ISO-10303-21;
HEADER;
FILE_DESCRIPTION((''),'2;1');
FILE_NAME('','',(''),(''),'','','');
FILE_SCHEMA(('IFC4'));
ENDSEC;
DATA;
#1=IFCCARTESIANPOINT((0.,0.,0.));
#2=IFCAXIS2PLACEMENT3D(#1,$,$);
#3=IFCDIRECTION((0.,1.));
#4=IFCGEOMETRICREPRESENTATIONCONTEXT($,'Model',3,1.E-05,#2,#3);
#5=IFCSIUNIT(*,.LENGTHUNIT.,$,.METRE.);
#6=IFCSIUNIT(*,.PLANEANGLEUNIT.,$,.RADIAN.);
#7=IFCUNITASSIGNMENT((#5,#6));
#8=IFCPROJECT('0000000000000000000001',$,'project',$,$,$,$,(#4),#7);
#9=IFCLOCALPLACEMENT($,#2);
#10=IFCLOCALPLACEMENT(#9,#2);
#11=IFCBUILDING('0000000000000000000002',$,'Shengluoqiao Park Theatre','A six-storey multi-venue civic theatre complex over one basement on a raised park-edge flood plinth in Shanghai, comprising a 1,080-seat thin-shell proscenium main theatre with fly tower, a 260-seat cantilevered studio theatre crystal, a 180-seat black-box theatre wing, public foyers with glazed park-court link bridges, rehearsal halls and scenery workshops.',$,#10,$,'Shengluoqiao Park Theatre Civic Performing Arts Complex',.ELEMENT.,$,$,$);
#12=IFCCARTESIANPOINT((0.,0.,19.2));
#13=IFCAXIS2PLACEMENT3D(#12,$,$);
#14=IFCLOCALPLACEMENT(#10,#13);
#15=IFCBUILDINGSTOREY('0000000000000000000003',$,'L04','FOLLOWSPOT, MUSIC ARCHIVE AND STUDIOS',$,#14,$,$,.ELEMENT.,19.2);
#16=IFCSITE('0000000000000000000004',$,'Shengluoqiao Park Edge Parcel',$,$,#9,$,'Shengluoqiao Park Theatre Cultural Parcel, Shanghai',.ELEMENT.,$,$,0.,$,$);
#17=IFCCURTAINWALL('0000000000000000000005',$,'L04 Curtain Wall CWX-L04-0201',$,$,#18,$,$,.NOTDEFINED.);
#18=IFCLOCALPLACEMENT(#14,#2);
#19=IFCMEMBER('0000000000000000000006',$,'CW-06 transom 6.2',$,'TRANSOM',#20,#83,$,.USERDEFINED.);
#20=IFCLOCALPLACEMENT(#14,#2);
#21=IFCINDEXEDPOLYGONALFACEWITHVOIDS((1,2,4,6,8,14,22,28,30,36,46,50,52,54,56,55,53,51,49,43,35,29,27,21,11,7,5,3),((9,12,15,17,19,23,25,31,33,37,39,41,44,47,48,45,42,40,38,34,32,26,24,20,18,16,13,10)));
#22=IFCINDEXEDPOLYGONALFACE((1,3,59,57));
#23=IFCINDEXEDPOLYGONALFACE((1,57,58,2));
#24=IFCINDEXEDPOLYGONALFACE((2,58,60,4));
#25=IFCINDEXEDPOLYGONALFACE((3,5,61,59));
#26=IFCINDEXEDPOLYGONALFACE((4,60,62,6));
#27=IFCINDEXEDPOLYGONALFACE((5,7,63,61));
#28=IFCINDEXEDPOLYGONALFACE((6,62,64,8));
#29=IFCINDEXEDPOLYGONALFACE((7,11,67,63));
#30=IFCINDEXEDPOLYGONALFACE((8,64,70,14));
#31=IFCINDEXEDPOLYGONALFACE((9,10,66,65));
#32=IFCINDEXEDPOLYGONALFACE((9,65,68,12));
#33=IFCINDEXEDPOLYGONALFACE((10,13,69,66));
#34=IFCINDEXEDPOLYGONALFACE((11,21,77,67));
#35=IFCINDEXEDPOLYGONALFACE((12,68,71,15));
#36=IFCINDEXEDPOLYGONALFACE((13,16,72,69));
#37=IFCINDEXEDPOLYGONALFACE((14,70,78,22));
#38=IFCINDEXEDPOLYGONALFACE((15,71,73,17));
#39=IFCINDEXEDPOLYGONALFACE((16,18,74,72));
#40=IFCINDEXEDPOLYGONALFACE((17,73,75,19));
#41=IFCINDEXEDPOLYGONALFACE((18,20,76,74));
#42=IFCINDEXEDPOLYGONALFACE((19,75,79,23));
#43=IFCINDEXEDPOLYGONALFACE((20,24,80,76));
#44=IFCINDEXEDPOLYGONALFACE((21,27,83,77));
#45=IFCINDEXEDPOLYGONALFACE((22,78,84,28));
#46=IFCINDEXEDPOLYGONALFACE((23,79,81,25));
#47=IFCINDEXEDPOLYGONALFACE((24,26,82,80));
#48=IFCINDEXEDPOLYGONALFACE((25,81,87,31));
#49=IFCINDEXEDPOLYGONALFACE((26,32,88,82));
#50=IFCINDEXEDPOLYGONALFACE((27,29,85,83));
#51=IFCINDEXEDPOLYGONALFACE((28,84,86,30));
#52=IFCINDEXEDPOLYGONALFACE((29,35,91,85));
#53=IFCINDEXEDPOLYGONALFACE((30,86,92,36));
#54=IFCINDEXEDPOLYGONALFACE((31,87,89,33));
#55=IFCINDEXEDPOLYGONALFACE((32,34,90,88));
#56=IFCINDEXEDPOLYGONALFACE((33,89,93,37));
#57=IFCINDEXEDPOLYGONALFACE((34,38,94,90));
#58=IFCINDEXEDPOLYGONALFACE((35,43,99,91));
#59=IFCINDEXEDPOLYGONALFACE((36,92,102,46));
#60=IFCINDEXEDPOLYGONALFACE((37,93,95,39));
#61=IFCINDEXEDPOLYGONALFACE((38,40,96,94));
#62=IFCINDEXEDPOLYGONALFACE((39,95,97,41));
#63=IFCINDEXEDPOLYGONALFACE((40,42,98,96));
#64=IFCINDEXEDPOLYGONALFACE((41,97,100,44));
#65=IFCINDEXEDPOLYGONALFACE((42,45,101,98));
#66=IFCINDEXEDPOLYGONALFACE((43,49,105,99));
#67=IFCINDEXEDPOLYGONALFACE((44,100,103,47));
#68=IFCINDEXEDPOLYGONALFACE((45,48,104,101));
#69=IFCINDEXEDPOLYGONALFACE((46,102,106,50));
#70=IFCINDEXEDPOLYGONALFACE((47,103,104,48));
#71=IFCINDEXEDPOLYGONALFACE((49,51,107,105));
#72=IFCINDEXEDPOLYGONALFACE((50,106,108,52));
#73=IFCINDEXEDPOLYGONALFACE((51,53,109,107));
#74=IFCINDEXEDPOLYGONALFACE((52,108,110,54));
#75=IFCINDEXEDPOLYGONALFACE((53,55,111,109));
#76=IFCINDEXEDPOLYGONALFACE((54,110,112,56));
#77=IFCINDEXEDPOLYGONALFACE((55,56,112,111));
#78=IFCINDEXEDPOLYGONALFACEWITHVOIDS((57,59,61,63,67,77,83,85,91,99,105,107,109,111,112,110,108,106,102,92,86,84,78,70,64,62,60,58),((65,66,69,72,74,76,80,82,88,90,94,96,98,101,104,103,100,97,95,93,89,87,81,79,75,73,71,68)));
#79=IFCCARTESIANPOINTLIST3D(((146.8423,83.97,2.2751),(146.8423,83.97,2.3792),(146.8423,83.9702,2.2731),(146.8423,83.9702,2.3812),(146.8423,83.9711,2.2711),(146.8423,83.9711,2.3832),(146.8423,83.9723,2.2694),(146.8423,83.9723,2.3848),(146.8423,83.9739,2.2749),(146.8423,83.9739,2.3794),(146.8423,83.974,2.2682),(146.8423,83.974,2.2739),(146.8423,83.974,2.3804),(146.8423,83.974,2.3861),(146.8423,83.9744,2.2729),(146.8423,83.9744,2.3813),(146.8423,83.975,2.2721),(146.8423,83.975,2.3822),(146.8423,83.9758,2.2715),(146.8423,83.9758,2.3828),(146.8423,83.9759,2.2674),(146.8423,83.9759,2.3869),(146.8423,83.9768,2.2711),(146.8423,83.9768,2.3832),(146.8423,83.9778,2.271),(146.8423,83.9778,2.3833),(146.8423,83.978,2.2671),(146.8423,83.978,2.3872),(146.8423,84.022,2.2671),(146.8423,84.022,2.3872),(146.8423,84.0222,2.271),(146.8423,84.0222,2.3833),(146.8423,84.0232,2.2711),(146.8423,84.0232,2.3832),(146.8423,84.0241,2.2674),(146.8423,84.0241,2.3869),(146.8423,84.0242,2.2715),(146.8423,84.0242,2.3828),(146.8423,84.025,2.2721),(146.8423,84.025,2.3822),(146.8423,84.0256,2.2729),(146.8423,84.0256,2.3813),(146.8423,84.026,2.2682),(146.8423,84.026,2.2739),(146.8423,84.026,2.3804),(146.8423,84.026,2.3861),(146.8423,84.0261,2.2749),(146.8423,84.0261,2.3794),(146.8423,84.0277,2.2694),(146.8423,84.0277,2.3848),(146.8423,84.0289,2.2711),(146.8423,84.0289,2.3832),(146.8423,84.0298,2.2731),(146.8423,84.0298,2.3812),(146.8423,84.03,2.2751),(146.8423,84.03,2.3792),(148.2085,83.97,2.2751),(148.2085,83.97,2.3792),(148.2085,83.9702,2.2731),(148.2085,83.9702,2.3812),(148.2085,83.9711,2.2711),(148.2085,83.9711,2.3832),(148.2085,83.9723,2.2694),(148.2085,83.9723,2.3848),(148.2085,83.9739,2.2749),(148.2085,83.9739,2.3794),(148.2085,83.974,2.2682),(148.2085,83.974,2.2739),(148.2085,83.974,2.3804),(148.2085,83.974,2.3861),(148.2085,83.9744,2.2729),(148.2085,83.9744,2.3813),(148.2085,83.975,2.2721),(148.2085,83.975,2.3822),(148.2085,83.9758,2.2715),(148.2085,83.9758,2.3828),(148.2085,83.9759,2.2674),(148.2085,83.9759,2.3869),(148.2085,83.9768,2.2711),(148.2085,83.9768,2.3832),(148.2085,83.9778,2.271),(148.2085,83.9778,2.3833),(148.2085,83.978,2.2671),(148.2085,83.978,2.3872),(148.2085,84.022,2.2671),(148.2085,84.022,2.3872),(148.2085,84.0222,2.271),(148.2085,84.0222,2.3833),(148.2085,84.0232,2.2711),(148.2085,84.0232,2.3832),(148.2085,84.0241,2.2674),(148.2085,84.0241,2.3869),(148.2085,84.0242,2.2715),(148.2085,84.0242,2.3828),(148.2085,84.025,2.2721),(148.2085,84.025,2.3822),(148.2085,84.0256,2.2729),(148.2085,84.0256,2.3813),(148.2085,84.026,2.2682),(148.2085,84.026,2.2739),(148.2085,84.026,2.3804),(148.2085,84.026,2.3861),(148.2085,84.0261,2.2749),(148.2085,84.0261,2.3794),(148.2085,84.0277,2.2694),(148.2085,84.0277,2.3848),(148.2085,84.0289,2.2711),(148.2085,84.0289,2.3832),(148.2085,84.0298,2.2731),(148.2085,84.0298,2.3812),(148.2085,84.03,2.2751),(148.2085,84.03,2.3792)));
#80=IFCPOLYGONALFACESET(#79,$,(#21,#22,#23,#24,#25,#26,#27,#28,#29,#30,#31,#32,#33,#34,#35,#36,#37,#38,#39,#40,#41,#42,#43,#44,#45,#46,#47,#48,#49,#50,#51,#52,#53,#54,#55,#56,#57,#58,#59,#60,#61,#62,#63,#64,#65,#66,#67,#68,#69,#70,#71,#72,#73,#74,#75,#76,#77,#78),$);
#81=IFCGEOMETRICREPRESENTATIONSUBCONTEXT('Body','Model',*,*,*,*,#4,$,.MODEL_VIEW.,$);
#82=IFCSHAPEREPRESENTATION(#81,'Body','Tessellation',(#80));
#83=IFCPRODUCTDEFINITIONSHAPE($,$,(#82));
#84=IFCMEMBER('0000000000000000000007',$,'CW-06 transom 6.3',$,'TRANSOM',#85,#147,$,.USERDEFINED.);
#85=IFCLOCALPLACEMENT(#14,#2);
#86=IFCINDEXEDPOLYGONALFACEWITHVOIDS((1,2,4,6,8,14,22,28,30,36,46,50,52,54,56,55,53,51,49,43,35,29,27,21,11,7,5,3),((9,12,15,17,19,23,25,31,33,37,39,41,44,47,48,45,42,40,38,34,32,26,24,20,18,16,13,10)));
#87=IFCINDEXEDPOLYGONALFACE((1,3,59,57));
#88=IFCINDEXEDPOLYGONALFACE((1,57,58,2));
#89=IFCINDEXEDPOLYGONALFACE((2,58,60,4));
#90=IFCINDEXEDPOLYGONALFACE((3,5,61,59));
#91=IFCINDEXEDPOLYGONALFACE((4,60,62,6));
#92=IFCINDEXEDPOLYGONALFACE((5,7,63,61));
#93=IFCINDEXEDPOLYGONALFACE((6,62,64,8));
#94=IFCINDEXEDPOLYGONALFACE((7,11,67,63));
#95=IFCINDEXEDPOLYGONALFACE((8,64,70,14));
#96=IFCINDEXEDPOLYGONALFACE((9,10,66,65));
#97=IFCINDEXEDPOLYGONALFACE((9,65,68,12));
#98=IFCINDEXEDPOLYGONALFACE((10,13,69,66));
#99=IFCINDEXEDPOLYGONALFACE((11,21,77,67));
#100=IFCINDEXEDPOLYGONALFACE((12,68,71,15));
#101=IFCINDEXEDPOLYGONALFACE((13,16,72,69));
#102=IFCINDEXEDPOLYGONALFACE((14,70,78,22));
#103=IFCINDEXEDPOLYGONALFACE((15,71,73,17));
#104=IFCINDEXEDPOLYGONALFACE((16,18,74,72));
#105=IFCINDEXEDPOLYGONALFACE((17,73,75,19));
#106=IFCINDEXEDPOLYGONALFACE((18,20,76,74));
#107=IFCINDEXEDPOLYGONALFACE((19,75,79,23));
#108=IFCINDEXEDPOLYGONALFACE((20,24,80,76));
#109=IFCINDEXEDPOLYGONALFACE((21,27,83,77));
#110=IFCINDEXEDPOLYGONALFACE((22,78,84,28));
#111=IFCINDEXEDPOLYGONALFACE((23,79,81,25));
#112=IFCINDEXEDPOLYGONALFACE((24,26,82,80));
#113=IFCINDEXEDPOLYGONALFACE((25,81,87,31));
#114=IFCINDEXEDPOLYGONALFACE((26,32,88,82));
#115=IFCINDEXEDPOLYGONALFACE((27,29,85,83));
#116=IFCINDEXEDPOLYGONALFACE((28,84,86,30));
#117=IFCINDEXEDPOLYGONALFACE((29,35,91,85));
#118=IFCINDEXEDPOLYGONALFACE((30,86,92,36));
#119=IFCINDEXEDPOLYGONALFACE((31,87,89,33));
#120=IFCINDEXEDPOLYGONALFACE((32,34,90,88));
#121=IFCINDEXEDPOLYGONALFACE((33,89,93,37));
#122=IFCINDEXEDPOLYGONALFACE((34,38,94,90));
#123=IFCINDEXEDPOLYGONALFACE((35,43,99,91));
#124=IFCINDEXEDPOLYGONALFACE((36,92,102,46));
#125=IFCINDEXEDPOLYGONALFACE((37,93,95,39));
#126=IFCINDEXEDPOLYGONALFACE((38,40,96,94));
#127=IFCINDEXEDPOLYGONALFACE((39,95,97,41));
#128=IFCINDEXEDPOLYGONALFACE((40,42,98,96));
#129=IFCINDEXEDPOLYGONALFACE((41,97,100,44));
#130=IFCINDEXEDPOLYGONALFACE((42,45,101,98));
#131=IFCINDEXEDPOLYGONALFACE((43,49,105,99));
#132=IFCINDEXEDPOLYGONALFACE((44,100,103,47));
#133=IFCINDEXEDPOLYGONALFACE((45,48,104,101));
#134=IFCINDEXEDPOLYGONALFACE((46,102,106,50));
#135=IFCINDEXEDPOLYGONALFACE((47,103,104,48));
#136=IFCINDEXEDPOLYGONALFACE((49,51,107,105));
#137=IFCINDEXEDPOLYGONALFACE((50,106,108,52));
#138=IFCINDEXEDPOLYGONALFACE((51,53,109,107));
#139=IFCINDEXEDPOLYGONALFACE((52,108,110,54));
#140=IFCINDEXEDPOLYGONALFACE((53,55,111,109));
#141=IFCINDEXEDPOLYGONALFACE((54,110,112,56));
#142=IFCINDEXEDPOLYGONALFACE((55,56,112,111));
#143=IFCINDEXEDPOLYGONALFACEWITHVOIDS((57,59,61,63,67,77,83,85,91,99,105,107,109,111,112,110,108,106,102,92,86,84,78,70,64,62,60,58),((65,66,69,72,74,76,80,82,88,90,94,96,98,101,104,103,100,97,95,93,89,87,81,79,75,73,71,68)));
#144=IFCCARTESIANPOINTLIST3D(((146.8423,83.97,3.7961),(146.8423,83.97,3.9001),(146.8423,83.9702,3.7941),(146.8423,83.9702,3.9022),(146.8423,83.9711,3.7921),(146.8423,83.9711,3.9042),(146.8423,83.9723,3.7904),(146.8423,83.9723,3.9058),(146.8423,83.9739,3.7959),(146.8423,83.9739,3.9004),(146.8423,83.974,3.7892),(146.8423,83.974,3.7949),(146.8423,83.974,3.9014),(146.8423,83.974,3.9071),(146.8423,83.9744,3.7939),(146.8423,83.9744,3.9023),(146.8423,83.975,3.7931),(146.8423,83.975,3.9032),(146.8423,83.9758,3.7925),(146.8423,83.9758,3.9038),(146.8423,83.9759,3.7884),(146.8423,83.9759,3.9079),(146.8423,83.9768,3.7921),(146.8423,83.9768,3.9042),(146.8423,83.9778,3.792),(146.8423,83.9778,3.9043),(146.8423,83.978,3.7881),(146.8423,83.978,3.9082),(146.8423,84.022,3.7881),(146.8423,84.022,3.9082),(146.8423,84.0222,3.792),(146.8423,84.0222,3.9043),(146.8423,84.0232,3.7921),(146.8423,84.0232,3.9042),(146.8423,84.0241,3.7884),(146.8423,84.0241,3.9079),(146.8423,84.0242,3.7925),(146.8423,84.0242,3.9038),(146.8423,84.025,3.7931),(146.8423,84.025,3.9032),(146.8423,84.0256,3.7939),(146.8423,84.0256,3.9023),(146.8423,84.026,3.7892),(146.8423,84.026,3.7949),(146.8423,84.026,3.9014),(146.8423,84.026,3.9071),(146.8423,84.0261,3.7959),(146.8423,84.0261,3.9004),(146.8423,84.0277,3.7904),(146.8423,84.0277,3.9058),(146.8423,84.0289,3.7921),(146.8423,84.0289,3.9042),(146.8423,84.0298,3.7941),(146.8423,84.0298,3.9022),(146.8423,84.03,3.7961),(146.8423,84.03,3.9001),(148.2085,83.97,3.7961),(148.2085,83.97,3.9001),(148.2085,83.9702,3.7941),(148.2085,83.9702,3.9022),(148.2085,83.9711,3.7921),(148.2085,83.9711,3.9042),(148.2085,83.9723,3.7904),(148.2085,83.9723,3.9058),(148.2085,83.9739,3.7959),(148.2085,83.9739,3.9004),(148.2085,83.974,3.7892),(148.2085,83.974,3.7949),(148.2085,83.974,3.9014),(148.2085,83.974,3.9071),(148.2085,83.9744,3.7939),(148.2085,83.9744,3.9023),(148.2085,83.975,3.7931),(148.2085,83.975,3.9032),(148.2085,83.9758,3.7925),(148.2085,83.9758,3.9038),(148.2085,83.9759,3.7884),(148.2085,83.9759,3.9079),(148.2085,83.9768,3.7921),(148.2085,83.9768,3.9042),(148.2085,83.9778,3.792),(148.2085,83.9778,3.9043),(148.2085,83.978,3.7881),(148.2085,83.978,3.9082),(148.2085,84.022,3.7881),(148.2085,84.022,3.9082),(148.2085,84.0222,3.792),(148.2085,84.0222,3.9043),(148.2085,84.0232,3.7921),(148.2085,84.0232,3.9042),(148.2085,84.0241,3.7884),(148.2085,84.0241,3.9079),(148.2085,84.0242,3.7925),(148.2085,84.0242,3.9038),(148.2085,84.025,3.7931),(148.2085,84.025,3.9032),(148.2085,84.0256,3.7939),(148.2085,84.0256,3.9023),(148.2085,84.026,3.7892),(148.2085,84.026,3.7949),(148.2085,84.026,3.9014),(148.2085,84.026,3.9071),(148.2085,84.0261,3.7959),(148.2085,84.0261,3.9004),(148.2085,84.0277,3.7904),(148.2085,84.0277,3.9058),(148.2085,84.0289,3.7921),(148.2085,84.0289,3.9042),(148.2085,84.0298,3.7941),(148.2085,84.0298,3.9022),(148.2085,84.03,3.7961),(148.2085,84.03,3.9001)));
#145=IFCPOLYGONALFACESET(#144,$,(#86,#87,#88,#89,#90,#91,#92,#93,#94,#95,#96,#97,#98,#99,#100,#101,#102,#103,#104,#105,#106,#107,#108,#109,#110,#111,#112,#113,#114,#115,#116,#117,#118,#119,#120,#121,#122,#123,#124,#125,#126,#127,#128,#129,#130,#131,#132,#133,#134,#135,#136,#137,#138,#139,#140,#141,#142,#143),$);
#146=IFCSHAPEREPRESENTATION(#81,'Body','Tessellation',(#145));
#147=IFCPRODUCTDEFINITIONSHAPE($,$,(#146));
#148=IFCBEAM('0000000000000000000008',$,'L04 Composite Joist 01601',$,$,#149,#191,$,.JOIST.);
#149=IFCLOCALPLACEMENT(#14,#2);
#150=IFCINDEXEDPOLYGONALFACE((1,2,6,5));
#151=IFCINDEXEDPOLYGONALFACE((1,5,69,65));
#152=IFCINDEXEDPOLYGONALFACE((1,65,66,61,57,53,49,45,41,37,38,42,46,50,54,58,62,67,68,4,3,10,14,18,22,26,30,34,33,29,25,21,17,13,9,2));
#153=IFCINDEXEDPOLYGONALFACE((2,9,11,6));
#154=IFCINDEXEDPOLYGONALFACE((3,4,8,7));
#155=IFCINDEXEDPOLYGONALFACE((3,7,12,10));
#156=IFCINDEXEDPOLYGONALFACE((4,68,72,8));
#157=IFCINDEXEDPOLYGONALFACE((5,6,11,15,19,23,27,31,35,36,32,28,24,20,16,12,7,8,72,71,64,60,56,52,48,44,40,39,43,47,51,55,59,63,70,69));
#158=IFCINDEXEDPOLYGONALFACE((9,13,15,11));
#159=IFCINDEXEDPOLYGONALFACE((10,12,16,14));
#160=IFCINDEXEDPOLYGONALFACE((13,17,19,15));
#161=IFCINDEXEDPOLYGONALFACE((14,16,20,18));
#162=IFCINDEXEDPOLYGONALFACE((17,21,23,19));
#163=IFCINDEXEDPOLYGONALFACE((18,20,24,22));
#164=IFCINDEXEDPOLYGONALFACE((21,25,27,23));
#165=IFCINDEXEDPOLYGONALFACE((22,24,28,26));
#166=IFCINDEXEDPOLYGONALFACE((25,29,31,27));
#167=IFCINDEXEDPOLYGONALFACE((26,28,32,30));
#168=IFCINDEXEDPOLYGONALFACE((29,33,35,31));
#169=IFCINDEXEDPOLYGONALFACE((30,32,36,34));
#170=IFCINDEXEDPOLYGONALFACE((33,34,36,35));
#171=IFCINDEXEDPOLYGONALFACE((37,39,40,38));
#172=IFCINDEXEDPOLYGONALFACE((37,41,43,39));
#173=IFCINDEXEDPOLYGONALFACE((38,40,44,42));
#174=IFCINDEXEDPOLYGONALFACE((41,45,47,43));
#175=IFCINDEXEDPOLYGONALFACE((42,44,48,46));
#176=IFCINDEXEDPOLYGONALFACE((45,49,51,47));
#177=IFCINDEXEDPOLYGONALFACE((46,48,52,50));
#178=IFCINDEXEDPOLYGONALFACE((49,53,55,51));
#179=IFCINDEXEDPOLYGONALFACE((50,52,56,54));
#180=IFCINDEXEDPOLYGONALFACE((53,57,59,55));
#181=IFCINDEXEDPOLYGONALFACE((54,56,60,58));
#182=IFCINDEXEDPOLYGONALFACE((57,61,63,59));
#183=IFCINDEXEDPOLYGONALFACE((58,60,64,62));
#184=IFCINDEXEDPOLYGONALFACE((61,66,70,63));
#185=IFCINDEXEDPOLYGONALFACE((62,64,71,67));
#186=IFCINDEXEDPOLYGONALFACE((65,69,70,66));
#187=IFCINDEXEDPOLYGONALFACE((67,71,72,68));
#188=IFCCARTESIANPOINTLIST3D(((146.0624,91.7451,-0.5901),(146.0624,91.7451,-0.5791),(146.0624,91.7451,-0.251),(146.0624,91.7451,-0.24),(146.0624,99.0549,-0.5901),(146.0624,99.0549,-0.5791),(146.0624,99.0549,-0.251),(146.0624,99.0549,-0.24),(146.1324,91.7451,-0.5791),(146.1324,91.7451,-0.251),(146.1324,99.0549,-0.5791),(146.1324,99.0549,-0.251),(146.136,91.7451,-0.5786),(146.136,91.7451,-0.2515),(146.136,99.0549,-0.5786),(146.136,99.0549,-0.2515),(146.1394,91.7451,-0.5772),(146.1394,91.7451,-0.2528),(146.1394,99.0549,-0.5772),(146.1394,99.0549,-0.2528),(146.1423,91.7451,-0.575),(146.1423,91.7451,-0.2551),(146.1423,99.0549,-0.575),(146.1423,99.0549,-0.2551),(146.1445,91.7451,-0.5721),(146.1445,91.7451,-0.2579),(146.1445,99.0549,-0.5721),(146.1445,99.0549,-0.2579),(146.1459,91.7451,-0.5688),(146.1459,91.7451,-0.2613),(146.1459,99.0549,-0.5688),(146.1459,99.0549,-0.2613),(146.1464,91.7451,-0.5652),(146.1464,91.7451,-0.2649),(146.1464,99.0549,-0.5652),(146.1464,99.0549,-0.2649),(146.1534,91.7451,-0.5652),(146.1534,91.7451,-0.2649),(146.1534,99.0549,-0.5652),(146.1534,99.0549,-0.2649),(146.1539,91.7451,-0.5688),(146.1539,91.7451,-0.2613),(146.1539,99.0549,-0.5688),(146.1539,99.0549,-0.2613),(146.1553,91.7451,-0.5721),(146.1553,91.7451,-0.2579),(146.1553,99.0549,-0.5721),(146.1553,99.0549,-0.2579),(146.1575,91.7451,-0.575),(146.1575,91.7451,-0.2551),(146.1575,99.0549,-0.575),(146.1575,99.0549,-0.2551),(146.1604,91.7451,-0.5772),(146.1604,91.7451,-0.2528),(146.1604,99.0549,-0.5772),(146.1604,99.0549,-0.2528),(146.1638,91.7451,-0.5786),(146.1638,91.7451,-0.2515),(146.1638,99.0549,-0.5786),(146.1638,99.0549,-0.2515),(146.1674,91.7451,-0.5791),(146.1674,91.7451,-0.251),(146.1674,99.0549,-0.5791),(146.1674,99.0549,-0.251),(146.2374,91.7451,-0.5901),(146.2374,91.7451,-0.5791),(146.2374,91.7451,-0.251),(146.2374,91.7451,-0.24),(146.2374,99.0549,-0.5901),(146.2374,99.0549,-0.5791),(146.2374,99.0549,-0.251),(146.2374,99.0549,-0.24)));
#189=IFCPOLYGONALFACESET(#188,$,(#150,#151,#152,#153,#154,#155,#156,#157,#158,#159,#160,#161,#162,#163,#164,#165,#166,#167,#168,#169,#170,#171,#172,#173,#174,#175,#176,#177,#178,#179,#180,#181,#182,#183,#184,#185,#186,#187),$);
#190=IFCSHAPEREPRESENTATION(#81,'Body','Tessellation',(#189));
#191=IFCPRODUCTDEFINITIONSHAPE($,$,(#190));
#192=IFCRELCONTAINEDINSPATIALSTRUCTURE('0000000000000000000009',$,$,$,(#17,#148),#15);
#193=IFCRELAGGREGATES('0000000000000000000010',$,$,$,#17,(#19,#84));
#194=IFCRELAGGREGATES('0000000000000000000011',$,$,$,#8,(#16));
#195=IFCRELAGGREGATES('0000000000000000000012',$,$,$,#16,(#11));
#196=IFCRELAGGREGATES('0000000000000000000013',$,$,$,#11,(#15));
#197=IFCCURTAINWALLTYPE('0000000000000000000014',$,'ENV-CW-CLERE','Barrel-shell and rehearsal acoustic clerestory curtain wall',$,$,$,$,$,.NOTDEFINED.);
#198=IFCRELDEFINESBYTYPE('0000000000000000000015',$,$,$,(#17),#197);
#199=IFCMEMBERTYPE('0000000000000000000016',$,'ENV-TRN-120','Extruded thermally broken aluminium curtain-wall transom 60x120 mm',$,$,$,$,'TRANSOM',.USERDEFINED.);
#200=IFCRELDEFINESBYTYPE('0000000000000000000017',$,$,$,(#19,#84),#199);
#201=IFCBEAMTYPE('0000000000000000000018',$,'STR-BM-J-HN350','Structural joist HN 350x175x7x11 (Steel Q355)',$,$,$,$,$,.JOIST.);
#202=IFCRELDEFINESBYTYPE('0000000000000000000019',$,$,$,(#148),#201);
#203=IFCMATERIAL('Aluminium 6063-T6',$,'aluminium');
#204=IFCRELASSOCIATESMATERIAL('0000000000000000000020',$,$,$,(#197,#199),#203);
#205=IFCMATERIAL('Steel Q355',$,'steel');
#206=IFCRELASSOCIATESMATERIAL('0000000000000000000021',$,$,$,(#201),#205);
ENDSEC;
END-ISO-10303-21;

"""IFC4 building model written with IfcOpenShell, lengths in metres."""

from ifc_helpers import new_model, si_unit, direction, frame, origin, origin_2d, place, context, subcontext, project, spatial, hollow_rectangle, i_section, extrude, material, material_profile, profile_set, type_object, element, aggregate, save


model = new_model("IFC4")

# Units and contexts
model_context = context("Model", 3, precision=1e-05, world=origin(), true_north=direction((0.0, 1.0)))
body_context = subcontext(model_context, "Body", "Model", "MODEL_VIEW")
ifc_project = project(units=[si_unit("LENGTHUNIT", "METRE"), si_unit("PLANEANGLEUNIT", "RADIAN")], contexts=[model_context])

# Site, building, storey
site_placement = place(None, origin())
site = spatial("IfcSite", under=ifc_project, at=site_placement, Name="Shengluoqiao Park Edge Parcel", LongName="Shengluoqiao Park Theatre Cultural Parcel, Shanghai", CompositionType="ELEMENT", RefElevation=0.0)
building_placement = place(site_placement, origin())
building = spatial("IfcBuilding", under=site, at=building_placement, Name="Shengluoqiao Park Theatre", Description="A six-storey multi-venue civic theatre complex over one basement on a raised park-edge flood plinth in Shanghai, comprising a 1,080-seat thin-shell proscenium main theatre with fly tower, a 260-seat cantilevered studio theatre crystal, a 180-seat black-box theatre wing, public foyers with glazed park-court link bridges, rehearsal halls and scenery workshops.", LongName="Shengluoqiao Park Theatre Civic Performing Arts Complex", CompositionType="ELEMENT")
storey_placement = place(building_placement, frame((0.0, 0.0, 19.2)))
storey = spatial("IfcBuildingStorey", under=building, at=storey_placement, Name="L04", Description="FOLLOWSPOT, MUSIC ARCHIVE AND STUDIOS", CompositionType="ELEMENT", Elevation=19.2)

# Curtain wall, members
ifc_material_1 = material(Name="Aluminium 6063-T6", Category="aluminium")
curtain_wall_type = type_object("IfcCurtainWallType", Name="ENV-CW-CLERE", Description="Barrel-shell and rehearsal acoustic clerestory curtain wall", PredefinedType="NOTDEFINED", material=ifc_material_1)
curtain_wall_placement = place(storey_placement, origin())
curtain_wall = element("IfcCurtainWall", 1, at=curtain_wall_placement, inside=storey, type_object=curtain_wall_type, Name="L04 Curtain Wall CWX-L04-0201", PredefinedType="NOTDEFINED")
ifc_material_profile_1 = material_profile(ifc_material_1, hollow_rectangle(XDim=0.0601, YDim=0.1201, WallThickness=0.0039, InnerFilletRadius=0.0039, OuterFilletRadius=0.0081, at=origin_2d()), Name="ALU TRANSOM 120x60x4")
ifc_profile_set_1 = profile_set([ifc_material_profile_1], Name="Aluminium 6063-T6")
member_type_1 = type_object("IfcMemberType", Name="ENV-TRN-120", Description="Extruded thermally broken aluminium curtain-wall transom 60x120 mm", ElementType="TRANSOM", PredefinedType="USERDEFINED", material=ifc_profile_set_1)
member_1_placement = place(storey_placement, frame((146.8423, 84.0, 2.3271), z_axis=(1.0, 0.0, 0.0), x_axis=(0.0, 1.0, 0.0)))
member_1 = element("IfcMember", 2, at=member_1_placement, type_object=member_type_1, Name="CW-06 transom 6.2", ObjectType="TRANSOM", PredefinedType="USERDEFINED", context=body_context, shape_type="SweptSolid", body=[
    extrude(hollow_rectangle(XDim=0.0601, YDim=0.1201, WallThickness=0.0039, InnerFilletRadius=0.0039, OuterFilletRadius=0.0081, at=origin_2d()), origin(), (0.0, 0.0, 1.0), 1.3662),
])
member_2_placement = place(storey_placement, frame((146.8423, 84.0, 3.8481), z_axis=(1.0, 0.0, 0.0), x_axis=(0.0, 1.0, 0.0)))
member_2 = element("IfcMember", 3, at=member_2_placement, type_object=member_type_1, Name="CW-06 transom 6.3", ObjectType="TRANSOM", PredefinedType="USERDEFINED", context=body_context, shape_type="SweptSolid", body=[
    extrude(hollow_rectangle(XDim=0.0601, YDim=0.1201, WallThickness=0.0039, InnerFilletRadius=0.0039, OuterFilletRadius=0.0081, at=origin_2d()), origin(), (0.0, 0.0, 1.0), 1.3662),
])

# Beam
ifc_material_2 = material(Name="Steel Q355", Category="steel")
ifc_material_profile_2 = material_profile(ifc_material_2, i_section(OverallWidth=0.175, OverallDepth=0.3501, WebThickness=0.0071, FlangeThickness=0.011, FilletRadius=0.0139, at=origin_2d()), Name="HN 350x175x7x11")
ifc_profile_set_2 = profile_set([ifc_material_profile_2], Name="Steel Q355")
beam_type = type_object("IfcBeamType", Name="STR-BM-J-HN350", Description="Structural joist HN 350x175x7x11 (Steel Q355)", PredefinedType="JOIST", material=ifc_profile_set_2)
beam_placement = place(storey_placement, frame((146.1499, 91.7451, -0.415), z_axis=(0.0, 1.0, 0.0), x_axis=(-1.0, 0.0, 0.0)))
element("IfcBeam", 4, at=beam_placement, inside=storey, type_object=beam_type, Name="L04 Composite Joist 01601", PredefinedType="JOIST", context=body_context, shape_type="SweptSolid", body=[
    extrude(i_section(OverallWidth=0.175, OverallDepth=0.3501, WebThickness=0.0071, FlangeThickness=0.011, FilletRadius=0.0139, at=origin_2d()), origin(), (0.0, 0.0, 1.0), 7.3098),
])

aggregate(curtain_wall, [member_1, member_2])

save(model, "model.ifc")
